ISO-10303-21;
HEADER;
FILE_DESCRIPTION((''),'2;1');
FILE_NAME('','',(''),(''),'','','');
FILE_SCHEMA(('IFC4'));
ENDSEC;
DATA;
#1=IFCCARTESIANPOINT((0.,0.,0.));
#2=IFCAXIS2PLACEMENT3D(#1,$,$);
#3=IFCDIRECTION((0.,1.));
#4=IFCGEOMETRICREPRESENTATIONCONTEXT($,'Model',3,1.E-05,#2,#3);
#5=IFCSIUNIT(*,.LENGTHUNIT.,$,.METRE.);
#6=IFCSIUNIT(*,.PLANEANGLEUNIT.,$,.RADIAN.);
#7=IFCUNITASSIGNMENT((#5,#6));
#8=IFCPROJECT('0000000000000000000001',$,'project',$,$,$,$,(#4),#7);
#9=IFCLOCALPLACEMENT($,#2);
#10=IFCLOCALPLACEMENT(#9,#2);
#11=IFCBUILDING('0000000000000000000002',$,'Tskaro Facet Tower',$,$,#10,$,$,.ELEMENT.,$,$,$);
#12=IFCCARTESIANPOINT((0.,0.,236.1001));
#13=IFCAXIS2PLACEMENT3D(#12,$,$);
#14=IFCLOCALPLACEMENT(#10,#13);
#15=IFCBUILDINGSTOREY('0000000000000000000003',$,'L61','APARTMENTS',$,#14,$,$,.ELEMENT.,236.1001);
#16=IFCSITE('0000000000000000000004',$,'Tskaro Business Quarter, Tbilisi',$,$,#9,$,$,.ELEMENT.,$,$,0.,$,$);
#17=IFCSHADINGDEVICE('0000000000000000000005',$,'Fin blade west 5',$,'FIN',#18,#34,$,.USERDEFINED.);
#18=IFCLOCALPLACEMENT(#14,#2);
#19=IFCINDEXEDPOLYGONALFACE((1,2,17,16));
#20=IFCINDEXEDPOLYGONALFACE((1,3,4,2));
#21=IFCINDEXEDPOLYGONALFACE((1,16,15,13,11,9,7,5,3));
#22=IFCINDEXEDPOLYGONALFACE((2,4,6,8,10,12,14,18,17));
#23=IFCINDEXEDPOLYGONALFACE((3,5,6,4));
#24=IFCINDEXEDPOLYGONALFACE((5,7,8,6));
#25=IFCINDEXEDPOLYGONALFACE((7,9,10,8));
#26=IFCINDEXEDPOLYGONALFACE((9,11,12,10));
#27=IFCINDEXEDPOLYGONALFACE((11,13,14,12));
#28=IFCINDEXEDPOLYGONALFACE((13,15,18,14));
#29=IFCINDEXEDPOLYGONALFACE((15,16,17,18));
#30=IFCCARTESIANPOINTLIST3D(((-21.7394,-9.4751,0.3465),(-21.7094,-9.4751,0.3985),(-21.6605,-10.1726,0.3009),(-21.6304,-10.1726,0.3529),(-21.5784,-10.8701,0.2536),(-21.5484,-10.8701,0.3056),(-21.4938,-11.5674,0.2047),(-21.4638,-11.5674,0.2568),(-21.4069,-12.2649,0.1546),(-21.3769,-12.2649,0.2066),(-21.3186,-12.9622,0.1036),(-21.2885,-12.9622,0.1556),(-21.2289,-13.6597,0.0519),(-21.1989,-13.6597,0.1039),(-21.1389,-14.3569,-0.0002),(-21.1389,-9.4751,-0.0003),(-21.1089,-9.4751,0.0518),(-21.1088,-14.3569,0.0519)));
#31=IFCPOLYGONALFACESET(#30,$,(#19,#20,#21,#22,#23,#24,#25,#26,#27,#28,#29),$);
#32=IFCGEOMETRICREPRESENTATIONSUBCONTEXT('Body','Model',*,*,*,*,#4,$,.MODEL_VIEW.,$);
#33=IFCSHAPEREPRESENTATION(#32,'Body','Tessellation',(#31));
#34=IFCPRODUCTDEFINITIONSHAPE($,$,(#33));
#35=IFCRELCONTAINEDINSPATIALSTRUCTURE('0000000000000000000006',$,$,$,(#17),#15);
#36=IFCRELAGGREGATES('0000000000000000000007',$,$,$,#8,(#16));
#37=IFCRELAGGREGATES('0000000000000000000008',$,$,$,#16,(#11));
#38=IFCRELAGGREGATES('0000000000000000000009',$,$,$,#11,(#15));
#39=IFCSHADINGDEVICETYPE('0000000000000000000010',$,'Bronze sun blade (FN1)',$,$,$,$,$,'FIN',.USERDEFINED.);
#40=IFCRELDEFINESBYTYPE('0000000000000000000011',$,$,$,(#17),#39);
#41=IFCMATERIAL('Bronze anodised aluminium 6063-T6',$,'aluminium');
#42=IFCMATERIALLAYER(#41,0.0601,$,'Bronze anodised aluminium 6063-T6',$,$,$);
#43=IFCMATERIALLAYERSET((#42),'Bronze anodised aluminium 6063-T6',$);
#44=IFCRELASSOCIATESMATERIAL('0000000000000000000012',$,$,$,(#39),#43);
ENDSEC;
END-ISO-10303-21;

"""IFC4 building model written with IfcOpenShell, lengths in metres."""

from ifc_helpers import new_model, si_unit, direction, frame, origin, place, context, subcontext, project, spatial, polyline, outline, extrude, material, layer, layer_set, type_object, element, save


model = new_model("IFC4")

# Units and contexts
model_context = context("Model", 3, precision=1e-05, world=origin(), true_north=direction((0.0, 1.0)))
body_context = subcontext(model_context, "Body", "Model", "MODEL_VIEW")
ifc_project = project(units=[si_unit("LENGTHUNIT", "METRE"), si_unit("PLANEANGLEUNIT", "RADIAN")], contexts=[model_context])

# Site, building, storey
site_placement = place(None, origin())
site = spatial("IfcSite", under=ifc_project, at=site_placement, Name="Tskaro Business Quarter, Tbilisi", CompositionType="ELEMENT", RefElevation=0.0)
building_placement = place(site_placement, origin())
building = spatial("IfcBuilding", under=site, at=building_placement, Name="Tskaro Facet Tower", CompositionType="ELEMENT")
storey_placement = place(building_placement, frame((0.0, 0.0, 236.1001)))
storey = spatial("IfcBuildingStorey", under=building, at=storey_placement, Name="L61", Description="APARTMENTS", CompositionType="ELEMENT", Elevation=236.1001)

# Shared definitions
ifc_material_1 = material(Name="Bronze anodised aluminium 6063-T6", Category="aluminium")

# Shading device
ifc_layer_1 = layer(ifc_material_1, 0.0601, Name="Bronze anodised aluminium 6063-T6")
ifc_layer_set_1 = layer_set([ifc_layer_1], Name="Bronze anodised aluminium 6063-T6")
shading_device_type = type_object("IfcShadingDeviceType", Name="Bronze sun blade (FN1)", ElementType="FIN", PredefinedType="USERDEFINED", material=ifc_layer_set_1)
shading_device_1_placement = place(storey_placement, frame((-21.1089, -9.4751, 0.0518), z_axis=(0.500076, 0.000024, 0.865981), x_axis=(0.000012, -1.0, 0.000021)))
element("IfcShadingDevice", 1, at=shading_device_1_placement, inside=storey, type_object=shading_device_type, Name="Fin blade west 5", ObjectType="FIN", PredefinedType="USERDEFINED", context=body_context, shape_type="SweptSolid", body=[
    extrude(outline(polyline([(0.0, 0.0), (4.8818, 0.0), (4.1846, -0.104), (3.4871, -0.2075), (2.7898, -0.3095), (2.0923, -0.4098), (1.395, -0.5075), (0.6975, -0.6023), (0.0, -0.6935), (0.0, 0.0)])), origin(), (0.0, 0.0, -1.0), 0.0601),
])

save(model, "model.ifc")
